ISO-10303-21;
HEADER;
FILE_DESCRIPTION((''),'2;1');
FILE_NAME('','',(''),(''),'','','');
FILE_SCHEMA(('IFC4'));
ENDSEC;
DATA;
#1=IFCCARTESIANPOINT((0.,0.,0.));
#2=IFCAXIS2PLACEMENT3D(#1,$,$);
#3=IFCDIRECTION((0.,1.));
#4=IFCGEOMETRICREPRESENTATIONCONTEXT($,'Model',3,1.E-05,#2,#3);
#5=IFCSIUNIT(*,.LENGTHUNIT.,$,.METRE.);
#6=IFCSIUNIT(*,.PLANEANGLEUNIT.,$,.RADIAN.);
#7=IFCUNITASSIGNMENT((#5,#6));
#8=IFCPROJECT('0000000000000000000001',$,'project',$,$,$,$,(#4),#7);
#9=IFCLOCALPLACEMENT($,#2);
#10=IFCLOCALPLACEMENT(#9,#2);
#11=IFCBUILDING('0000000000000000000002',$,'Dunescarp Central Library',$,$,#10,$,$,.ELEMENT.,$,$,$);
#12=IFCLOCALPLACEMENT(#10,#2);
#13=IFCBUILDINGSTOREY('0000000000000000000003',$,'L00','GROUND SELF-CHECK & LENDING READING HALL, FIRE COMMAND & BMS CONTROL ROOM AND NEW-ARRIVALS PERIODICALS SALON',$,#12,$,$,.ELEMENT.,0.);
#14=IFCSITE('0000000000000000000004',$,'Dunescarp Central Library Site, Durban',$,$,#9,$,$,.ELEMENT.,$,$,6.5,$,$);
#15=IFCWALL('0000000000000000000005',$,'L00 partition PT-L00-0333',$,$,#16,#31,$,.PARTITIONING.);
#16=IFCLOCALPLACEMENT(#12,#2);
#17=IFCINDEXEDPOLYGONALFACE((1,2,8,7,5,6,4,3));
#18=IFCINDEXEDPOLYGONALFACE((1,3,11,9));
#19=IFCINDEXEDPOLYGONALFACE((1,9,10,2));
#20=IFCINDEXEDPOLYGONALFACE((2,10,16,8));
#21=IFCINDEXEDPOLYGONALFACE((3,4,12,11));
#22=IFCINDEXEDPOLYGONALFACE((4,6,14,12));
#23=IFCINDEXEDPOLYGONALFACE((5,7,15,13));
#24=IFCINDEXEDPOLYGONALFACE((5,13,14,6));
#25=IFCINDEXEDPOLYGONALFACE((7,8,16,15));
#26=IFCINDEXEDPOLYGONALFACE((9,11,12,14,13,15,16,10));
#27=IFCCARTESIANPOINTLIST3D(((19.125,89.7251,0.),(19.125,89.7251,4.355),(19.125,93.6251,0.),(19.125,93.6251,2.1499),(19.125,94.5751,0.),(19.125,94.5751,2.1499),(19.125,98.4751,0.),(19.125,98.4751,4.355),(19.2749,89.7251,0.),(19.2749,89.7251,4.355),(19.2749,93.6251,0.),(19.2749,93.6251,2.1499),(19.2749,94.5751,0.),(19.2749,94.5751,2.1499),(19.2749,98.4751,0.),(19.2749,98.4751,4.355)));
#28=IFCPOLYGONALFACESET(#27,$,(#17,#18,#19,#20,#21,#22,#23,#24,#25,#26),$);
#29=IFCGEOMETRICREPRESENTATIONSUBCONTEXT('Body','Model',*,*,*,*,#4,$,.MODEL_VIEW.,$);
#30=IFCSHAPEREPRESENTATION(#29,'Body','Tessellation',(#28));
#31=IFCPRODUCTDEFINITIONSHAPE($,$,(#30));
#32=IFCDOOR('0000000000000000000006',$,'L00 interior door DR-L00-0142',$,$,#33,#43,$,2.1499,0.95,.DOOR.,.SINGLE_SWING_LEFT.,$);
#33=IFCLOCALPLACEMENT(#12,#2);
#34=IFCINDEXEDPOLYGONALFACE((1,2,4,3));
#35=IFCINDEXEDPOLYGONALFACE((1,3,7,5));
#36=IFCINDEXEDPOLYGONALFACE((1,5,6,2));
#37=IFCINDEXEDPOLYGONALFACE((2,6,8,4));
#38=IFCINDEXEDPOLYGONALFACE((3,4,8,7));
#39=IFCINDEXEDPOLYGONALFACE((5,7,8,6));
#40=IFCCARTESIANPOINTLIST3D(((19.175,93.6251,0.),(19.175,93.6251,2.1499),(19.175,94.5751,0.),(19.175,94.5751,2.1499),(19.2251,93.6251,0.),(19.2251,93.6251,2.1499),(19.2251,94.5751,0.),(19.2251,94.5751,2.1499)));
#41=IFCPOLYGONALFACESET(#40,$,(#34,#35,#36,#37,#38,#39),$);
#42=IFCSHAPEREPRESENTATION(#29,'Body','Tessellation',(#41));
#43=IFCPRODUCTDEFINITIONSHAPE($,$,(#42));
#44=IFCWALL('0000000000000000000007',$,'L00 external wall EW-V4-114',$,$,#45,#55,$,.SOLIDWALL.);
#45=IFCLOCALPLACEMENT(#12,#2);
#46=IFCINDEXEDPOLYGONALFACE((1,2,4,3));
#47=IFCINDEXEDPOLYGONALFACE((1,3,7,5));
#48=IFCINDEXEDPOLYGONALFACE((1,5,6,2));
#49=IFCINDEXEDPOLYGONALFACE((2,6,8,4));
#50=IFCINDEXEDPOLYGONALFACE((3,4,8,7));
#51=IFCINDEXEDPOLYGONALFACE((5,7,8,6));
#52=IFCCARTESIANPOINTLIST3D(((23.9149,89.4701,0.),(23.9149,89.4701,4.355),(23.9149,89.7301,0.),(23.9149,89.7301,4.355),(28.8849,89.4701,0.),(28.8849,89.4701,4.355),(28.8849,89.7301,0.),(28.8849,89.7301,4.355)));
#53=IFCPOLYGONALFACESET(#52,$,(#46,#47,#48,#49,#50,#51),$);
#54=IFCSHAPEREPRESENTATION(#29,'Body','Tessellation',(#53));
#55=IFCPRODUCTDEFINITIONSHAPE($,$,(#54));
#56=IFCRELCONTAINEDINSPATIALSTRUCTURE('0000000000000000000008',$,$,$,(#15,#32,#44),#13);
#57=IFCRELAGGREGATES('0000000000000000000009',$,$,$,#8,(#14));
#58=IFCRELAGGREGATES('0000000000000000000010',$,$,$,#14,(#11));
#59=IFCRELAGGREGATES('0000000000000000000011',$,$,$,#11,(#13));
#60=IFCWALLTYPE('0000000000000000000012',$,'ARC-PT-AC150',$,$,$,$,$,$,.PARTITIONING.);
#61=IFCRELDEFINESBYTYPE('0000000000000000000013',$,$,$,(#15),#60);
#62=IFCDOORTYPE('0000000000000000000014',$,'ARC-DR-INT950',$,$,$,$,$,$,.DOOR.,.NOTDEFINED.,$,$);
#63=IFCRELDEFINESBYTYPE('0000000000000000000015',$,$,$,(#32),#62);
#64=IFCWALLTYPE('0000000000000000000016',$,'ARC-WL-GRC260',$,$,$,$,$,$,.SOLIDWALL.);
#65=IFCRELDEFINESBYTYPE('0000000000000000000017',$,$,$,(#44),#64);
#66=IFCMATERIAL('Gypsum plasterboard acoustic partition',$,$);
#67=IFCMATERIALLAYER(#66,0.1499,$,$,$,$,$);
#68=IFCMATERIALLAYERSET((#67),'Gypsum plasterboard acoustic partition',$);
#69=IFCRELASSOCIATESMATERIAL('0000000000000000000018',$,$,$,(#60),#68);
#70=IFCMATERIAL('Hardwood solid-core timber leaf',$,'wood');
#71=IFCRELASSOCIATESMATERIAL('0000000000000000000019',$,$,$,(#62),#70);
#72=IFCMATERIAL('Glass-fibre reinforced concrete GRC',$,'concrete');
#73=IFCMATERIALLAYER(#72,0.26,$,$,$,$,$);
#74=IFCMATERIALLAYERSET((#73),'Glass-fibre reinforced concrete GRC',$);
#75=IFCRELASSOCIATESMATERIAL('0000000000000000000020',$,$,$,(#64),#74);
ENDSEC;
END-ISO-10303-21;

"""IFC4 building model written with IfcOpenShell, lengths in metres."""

from ifc_helpers import new_model, si_unit, direction, frame, frame_2d, origin, place, context, subcontext, project, spatial, rectangle, extrude, material, layer, layer_set, type_object, element, fill, save


model = new_model("IFC4")

# Units and contexts
model_context = context("Model", 3, precision=1e-05, world=origin(), true_north=direction((0.0, 1.0)))
body_context = subcontext(model_context, "Body", "Model", "MODEL_VIEW")
ifc_project = project(units=[si_unit("LENGTHUNIT", "METRE"), si_unit("PLANEANGLEUNIT", "RADIAN")], contexts=[model_context])

# Site, building, storey
site_placement = place(None, origin())
site = spatial("IfcSite", under=ifc_project, at=site_placement, Name="Dunescarp Central Library Site, Durban", CompositionType="ELEMENT", RefElevation=6.5)
building_placement = place(site_placement, origin())
building = spatial("IfcBuilding", under=site, at=building_placement, Name="Dunescarp Central Library", CompositionType="ELEMENT")
storey_placement = place(building_placement, origin())
storey = spatial("IfcBuildingStorey", under=building, at=storey_placement, Name="L00", Description="GROUND SELF-CHECK & LENDING READING HALL, FIRE COMMAND & BMS CONTROL ROOM AND NEW-ARRIVALS PERIODICALS SALON", CompositionType="ELEMENT", Elevation=0.0)

# Wall, opening, door
ifc_material_1 = material(Name="Gypsum plasterboard acoustic partition")
ifc_layer_1 = layer(ifc_material_1, 0.1499)
ifc_layer_set_1 = layer_set([ifc_layer_1], Name="Gypsum plasterboard acoustic partition")
wall_type_1 = type_object("IfcWallType", Name="ARC-PT-AC150", PredefinedType="PARTITIONING", material=ifc_layer_set_1)
wall_1_placement = place(storey_placement, frame((19.2, 89.7251, 0.0), z_axis=(0.0, 0.0, 1.0), x_axis=(0.0, 1.0, 0.0)))
wall_1 = element("IfcWall", 1, at=wall_1_placement, inside=storey, type_object=wall_type_1, Name="L00 partition PT-L00-0333", PredefinedType="PARTITIONING", context=body_context, shape_type="SweptSolid", body=[
    extrude(rectangle(XDim=8.75, YDim=0.1499, at=frame_2d((4.375, 0.0))), origin(), (0.0, 0.0, 1.0), 4.355),
])
opening_placement = place(wall_1_placement, frame((3.8999, 0.0, 0.0)))
opening = element("IfcOpeningElement", 2, at=opening_placement, cuts=wall_1, PredefinedType="OPENING", context=body_context, shape_type="SweptSolid", body=[
    extrude(rectangle(XDim=0.95, YDim=2.1499, at=frame_2d((0.4751, 1.075))), frame((0.0, 0.085, 0.0), z_axis=(0.0, -1.0, 0.0), x_axis=(1.0, 0.0, 0.0)), (0.0, 0.0, 1.0), 0.1699),
])
ifc_material_2 = material(Name="Hardwood solid-core timber leaf", Category="wood")
door_type = type_object("IfcDoorType", Name="ARC-DR-INT950", OperationType="NOTDEFINED", PredefinedType="DOOR", material=ifc_material_2)
door_placement = place(opening_placement, origin())
door = element("IfcDoor", 3, at=door_placement, inside=storey, type_object=door_type, Name="L00 interior door DR-L00-0142", OperationType="SINGLE_SWING_LEFT", OverallHeight=2.1499, OverallWidth=0.95, PredefinedType="DOOR", context=body_context, shape_type="SweptSolid", body=[
    extrude(rectangle(XDim=0.95, YDim=2.1499, at=frame_2d((0.4751, 1.075))), frame((0.0, 0.0249, 0.0), z_axis=(0.0, -1.0, 0.0), x_axis=(1.0, 0.0, 0.0)), (0.0, 0.0, 1.0), 0.05),
])
fill(opening, door)

# Wall
ifc_material_3 = material(Name="Glass-fibre reinforced concrete GRC", Category="concrete")
ifc_layer_2 = layer(ifc_material_3, 0.26)
ifc_layer_set_2 = layer_set([ifc_layer_2], Name="Glass-fibre reinforced concrete GRC")
wall_type_2 = type_object("IfcWallType", Name="ARC-WL-GRC260", PredefinedType="SOLIDWALL", material=ifc_layer_set_2)
wall_2_placement = place(storey_placement, frame((23.915, 89.6001, 0.0), z_axis=(0.0, 0.0, 1.0), x_axis=(1.0, 0.0, 0.0)))
element("IfcWall", 4, at=wall_2_placement, inside=storey, type_object=wall_type_2, Name="L00 external wall EW-V4-114", PredefinedType="SOLIDWALL", context=body_context, shape_type="SweptSolid", body=[
    extrude(rectangle(XDim=4.97, YDim=0.26, at=frame_2d((2.4849, 0.0))), origin(), (0.0, 0.0, 1.0), 4.355),
])

save(model, "model.ifc")
